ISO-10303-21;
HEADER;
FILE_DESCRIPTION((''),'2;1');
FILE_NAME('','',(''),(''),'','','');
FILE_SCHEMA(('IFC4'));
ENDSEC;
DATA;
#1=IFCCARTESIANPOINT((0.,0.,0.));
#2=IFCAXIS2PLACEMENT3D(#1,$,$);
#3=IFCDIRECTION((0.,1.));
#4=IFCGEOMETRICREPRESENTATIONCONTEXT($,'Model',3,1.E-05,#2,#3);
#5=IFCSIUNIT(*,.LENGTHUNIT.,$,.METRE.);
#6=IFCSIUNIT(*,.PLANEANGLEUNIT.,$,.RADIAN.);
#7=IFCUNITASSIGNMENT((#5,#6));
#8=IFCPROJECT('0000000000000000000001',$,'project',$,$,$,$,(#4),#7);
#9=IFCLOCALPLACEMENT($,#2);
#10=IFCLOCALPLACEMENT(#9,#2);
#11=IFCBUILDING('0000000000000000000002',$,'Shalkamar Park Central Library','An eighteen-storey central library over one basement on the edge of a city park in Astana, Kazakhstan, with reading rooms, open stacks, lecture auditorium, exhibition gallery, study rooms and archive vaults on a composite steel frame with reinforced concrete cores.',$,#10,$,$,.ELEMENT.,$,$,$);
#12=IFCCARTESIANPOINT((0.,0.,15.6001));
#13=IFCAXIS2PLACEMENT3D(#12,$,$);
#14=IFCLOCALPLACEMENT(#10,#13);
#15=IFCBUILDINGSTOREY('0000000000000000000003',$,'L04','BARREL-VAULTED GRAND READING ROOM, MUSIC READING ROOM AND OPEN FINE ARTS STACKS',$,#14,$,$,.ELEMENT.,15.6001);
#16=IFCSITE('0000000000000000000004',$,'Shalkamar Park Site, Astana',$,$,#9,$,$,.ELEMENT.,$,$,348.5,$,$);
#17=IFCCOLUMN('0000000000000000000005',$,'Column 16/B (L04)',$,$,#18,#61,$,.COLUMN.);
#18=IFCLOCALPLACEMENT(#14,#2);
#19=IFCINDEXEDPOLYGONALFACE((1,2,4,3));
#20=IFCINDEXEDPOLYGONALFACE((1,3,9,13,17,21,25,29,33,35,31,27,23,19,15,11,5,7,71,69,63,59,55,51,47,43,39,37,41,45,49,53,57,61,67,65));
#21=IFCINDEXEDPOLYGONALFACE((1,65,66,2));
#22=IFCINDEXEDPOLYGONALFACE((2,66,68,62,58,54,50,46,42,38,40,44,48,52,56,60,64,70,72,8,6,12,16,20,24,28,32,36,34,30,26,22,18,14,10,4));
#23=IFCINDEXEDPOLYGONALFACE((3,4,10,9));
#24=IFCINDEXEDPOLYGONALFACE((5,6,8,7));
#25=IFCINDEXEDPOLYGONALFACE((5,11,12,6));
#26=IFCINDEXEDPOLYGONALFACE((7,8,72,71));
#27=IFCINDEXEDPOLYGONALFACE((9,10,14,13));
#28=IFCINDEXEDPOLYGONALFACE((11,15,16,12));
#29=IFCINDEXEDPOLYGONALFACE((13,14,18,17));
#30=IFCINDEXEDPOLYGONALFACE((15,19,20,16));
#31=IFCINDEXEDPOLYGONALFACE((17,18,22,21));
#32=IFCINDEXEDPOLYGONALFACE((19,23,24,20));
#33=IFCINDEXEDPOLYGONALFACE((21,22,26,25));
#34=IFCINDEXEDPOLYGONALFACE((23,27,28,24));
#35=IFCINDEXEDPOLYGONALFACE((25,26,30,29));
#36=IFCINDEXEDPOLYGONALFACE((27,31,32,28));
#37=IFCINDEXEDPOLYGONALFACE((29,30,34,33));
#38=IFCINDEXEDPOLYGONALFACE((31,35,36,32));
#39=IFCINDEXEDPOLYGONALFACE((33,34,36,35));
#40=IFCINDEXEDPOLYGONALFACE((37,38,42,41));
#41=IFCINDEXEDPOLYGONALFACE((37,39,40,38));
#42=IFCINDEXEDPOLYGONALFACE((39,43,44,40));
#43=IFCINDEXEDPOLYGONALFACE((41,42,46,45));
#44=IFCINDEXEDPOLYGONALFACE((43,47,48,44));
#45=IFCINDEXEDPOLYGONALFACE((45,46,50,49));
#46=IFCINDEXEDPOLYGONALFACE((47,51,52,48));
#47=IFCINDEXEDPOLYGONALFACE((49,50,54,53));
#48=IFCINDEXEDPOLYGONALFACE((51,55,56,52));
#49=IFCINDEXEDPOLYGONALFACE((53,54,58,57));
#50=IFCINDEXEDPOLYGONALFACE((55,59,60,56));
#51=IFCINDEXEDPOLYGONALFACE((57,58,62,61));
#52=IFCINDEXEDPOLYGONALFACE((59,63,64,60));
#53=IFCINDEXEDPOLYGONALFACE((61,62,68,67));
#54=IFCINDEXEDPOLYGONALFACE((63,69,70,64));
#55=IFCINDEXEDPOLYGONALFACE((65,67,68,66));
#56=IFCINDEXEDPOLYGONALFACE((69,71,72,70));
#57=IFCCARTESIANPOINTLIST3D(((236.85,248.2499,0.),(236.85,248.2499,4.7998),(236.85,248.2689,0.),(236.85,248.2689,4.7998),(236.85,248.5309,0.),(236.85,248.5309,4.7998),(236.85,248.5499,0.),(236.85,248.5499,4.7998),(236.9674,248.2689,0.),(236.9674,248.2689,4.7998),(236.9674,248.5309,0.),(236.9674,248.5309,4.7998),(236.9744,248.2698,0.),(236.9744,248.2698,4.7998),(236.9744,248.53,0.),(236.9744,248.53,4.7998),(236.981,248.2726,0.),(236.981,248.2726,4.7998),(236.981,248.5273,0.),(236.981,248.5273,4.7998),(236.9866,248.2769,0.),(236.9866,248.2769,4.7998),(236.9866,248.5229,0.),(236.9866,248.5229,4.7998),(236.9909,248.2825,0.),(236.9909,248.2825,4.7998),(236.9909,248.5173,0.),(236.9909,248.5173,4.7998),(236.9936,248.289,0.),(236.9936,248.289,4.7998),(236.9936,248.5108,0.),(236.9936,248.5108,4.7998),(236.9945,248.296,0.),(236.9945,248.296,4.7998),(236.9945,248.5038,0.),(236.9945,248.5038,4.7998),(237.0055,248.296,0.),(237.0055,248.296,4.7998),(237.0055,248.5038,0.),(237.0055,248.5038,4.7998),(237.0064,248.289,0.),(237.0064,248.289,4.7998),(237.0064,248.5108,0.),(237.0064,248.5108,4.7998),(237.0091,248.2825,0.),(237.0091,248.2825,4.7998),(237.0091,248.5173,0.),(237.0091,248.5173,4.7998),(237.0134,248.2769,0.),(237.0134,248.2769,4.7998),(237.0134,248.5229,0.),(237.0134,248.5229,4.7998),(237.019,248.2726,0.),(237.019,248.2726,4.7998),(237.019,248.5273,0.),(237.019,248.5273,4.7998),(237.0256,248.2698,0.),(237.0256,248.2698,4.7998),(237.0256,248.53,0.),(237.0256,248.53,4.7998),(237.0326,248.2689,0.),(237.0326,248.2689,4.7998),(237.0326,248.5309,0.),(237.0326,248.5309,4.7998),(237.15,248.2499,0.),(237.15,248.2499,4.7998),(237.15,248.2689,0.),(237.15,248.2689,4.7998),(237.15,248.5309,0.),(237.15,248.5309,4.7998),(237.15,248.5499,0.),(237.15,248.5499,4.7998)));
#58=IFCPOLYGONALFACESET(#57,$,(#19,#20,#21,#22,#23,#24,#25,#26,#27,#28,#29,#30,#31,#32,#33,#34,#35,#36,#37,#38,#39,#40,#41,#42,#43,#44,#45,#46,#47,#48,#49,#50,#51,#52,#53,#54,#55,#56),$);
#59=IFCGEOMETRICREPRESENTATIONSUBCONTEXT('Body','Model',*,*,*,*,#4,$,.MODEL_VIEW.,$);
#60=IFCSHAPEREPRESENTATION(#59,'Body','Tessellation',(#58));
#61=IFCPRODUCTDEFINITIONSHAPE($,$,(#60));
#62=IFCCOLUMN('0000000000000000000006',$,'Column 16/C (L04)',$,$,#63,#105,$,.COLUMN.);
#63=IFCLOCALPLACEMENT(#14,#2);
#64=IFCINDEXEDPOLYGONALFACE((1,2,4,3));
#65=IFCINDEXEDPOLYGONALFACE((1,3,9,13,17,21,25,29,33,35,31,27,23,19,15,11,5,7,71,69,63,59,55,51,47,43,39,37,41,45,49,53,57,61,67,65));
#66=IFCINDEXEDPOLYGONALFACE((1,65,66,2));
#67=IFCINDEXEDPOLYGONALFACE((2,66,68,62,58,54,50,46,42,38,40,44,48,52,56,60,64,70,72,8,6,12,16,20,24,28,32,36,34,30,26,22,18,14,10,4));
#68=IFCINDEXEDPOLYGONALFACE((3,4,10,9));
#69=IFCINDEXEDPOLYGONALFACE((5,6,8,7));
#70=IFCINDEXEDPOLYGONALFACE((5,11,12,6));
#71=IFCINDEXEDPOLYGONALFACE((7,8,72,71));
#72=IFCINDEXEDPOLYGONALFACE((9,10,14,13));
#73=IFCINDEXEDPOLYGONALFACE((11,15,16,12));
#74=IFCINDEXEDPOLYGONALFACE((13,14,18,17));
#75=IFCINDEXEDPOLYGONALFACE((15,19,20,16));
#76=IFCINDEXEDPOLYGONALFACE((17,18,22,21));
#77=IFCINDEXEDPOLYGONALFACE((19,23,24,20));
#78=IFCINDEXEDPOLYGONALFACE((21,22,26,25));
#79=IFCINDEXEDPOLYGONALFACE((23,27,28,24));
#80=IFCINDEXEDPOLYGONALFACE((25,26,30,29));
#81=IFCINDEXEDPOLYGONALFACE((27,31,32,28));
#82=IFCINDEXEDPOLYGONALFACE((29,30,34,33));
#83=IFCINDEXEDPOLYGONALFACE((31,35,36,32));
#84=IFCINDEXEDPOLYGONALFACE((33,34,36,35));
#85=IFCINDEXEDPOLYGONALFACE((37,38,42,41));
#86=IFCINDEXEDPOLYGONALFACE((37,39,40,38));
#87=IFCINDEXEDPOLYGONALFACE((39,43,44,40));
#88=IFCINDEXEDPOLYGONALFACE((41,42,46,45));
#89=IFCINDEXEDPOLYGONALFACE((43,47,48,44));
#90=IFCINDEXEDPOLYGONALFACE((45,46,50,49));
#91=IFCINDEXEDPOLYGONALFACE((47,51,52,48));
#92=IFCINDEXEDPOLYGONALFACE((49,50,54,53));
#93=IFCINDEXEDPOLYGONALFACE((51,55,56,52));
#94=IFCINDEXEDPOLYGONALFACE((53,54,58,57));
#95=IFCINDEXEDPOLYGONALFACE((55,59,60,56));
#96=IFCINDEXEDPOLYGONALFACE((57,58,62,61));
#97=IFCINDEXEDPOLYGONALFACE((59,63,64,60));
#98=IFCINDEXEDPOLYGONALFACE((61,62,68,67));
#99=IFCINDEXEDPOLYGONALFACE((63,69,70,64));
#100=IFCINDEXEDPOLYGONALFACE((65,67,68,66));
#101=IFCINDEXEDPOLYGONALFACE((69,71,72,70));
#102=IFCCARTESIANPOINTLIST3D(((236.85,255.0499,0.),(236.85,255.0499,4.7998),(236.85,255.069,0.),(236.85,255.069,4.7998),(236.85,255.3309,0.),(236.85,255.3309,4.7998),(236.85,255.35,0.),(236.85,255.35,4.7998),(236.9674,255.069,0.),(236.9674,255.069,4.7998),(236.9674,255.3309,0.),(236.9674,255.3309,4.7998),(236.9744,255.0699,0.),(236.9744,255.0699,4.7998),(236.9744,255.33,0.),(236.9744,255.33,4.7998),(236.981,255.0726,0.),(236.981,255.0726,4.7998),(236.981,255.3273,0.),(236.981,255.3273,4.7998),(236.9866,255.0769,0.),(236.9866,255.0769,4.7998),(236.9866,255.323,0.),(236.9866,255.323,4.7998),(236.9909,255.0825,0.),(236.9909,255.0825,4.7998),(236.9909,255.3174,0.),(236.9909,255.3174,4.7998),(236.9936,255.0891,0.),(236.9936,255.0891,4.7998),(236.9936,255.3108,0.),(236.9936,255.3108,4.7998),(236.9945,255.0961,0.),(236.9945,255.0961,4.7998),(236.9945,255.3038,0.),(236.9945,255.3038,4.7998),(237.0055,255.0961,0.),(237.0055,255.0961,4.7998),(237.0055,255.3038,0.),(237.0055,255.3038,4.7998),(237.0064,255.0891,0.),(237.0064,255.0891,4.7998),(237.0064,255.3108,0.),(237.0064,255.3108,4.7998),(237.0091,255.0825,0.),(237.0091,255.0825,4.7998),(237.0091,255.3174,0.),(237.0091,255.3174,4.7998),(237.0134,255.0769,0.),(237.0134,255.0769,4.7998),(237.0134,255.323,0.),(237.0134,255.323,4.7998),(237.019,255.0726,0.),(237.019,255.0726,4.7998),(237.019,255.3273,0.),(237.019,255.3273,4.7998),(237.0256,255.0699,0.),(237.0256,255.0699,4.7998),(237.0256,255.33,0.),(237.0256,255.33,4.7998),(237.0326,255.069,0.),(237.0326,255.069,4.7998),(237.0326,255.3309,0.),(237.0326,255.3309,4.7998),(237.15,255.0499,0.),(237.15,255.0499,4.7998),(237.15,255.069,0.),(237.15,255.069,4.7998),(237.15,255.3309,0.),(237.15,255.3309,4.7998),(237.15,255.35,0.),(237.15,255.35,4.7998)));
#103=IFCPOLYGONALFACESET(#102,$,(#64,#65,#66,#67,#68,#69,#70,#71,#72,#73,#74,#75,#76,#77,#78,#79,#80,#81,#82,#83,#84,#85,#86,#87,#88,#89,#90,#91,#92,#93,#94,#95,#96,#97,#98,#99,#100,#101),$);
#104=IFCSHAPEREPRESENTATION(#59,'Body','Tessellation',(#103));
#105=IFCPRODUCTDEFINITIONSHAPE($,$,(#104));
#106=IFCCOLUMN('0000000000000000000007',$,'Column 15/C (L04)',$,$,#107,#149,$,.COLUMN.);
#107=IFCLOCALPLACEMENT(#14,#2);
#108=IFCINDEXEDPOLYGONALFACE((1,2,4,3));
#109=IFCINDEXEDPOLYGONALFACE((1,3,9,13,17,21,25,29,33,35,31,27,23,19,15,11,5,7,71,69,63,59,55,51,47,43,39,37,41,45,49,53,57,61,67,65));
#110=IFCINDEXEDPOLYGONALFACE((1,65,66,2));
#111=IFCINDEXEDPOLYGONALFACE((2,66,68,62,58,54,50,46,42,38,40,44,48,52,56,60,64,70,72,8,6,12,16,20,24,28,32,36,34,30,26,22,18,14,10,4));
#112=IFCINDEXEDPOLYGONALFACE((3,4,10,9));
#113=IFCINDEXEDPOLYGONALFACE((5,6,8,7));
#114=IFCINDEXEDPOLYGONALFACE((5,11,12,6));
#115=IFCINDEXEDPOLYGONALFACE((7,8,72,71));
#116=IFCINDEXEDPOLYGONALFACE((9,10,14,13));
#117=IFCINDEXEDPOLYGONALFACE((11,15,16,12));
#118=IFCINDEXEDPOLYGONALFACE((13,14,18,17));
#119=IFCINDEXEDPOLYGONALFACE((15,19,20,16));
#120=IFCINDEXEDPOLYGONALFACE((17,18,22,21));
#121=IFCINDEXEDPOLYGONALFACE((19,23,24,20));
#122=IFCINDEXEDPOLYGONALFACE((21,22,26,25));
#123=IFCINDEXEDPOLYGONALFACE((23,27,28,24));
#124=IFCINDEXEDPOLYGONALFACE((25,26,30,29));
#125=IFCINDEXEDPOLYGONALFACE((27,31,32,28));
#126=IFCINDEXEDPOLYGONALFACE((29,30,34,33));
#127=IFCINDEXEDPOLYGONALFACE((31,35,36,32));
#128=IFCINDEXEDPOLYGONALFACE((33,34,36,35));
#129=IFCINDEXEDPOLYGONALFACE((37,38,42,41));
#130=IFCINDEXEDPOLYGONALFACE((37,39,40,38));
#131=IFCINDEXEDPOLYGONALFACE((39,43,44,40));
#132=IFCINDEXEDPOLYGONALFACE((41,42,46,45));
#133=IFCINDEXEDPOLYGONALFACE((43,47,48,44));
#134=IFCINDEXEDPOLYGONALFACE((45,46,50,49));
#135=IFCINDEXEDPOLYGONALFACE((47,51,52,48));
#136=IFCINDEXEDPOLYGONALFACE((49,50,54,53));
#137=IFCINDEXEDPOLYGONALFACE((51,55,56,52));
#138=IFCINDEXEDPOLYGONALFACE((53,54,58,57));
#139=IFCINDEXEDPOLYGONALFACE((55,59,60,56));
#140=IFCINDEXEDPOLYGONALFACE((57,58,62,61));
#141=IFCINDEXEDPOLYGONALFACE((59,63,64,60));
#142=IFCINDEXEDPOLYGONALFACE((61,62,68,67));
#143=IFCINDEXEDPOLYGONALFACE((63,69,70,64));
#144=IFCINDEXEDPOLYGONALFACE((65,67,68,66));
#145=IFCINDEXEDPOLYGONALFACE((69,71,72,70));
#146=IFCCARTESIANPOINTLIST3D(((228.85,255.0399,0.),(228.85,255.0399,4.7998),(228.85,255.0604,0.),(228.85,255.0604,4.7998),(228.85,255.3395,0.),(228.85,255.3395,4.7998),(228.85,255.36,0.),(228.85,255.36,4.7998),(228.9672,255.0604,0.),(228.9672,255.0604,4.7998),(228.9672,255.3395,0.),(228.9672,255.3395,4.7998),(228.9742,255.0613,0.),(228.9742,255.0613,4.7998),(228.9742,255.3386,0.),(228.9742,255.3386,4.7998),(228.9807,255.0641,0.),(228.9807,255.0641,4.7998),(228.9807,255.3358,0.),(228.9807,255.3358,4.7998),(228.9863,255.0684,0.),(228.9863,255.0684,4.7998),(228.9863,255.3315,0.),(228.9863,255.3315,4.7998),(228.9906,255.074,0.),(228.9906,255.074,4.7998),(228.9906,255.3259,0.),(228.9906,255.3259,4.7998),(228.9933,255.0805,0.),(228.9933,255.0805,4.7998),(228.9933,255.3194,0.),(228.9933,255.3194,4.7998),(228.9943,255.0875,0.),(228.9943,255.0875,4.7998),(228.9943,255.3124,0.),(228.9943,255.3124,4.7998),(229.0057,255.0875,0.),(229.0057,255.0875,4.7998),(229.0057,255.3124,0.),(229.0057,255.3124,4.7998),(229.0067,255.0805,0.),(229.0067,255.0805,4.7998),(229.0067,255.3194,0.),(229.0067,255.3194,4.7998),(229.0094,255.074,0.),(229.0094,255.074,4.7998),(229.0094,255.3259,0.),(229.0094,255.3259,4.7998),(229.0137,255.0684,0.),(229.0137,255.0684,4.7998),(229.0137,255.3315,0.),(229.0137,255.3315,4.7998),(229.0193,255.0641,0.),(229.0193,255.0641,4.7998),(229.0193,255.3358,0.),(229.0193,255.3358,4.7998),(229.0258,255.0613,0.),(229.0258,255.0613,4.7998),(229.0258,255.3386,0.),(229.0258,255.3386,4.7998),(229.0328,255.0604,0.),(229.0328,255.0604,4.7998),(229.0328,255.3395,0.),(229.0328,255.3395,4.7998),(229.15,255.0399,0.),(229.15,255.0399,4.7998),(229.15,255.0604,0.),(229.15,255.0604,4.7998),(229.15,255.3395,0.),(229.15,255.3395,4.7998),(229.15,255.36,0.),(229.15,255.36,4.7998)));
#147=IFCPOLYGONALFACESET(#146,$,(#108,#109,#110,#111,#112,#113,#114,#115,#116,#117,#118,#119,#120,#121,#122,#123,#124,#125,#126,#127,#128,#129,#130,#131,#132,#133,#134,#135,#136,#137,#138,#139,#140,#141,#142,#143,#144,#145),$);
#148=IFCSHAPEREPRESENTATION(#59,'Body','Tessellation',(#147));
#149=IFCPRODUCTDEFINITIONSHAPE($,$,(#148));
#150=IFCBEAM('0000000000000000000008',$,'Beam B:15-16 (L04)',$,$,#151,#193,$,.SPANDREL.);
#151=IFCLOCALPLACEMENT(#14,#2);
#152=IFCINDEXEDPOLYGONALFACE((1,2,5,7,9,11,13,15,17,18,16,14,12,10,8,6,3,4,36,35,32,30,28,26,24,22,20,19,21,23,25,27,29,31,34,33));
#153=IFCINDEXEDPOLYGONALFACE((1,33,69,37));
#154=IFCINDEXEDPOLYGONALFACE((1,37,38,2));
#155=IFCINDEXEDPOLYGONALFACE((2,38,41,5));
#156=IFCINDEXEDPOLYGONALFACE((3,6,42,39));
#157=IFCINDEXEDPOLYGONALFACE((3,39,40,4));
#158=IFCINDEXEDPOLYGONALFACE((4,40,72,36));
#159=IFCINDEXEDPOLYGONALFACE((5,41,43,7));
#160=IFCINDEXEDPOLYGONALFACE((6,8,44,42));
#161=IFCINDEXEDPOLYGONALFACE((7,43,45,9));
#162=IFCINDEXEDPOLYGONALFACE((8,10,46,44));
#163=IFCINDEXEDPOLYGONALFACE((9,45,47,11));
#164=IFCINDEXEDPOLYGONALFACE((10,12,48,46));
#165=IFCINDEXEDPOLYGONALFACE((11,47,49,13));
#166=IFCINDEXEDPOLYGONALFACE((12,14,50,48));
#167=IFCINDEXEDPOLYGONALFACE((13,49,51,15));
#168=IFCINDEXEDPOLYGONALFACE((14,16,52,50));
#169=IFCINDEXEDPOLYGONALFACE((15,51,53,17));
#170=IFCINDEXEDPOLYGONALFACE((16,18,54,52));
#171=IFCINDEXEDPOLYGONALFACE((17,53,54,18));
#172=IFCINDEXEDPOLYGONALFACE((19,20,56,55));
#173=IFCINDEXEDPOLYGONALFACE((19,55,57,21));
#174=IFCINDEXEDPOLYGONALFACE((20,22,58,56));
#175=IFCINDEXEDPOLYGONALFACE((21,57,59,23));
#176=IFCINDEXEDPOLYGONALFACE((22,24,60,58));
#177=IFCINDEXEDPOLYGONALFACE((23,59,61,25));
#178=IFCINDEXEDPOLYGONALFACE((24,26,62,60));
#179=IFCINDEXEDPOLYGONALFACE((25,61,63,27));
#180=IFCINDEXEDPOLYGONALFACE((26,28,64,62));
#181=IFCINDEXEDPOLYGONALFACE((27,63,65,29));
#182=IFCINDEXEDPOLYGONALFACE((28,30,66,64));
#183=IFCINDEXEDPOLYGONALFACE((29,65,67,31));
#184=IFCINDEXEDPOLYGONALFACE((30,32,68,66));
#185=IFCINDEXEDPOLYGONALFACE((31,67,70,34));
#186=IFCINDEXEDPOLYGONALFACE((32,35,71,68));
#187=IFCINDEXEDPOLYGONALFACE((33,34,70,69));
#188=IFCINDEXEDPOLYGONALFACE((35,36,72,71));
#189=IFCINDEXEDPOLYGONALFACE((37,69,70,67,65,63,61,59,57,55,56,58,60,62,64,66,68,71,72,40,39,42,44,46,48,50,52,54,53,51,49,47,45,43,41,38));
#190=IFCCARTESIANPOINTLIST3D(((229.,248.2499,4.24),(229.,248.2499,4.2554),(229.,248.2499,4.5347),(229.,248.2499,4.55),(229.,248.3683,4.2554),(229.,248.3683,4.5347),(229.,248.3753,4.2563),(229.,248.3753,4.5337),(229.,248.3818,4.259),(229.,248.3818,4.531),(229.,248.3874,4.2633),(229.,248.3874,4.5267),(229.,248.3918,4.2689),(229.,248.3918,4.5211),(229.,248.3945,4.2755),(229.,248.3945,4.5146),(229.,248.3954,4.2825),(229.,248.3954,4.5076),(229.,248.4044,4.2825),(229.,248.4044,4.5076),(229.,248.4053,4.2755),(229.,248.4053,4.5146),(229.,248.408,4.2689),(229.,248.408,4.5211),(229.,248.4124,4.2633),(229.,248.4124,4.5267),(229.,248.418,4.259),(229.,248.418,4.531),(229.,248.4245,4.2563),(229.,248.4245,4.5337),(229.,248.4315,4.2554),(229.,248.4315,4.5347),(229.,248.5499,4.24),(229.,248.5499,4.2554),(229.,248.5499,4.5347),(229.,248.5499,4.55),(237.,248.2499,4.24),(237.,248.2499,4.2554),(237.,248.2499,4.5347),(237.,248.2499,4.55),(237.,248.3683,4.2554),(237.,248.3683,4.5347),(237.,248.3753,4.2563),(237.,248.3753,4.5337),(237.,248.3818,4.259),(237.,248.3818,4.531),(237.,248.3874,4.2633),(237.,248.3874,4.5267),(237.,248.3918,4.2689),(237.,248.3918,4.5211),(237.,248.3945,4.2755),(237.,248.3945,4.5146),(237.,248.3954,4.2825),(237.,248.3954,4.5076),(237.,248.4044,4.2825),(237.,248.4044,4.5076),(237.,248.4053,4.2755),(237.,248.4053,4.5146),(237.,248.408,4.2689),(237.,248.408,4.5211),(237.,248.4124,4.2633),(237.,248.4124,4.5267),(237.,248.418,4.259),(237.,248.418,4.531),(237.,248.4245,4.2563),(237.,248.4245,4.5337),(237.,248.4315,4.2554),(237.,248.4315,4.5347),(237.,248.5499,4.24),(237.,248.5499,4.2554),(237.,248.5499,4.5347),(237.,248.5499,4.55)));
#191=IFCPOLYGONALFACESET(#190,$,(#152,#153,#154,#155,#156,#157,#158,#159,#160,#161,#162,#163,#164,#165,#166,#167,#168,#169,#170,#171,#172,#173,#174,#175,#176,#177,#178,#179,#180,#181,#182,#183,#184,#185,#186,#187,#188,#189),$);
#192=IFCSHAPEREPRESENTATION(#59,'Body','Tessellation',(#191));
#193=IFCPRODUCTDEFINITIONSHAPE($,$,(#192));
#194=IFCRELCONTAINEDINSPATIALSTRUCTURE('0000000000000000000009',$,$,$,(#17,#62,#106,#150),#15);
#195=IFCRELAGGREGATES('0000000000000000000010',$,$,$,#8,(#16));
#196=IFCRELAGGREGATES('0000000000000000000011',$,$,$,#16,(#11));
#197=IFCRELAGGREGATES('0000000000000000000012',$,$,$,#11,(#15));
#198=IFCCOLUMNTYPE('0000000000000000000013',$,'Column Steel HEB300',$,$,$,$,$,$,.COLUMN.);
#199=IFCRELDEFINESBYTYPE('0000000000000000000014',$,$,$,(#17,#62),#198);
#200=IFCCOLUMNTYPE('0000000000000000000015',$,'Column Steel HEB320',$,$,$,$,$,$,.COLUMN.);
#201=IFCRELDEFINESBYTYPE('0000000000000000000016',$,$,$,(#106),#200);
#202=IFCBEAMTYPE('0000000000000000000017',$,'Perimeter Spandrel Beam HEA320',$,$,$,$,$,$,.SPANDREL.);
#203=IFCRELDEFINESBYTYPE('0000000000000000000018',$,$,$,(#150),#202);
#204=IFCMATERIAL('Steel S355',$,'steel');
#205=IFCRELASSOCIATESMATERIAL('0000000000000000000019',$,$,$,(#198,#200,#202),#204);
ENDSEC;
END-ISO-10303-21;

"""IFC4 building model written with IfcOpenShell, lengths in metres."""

from ifc_helpers import new_model, si_unit, direction, frame, origin, origin_2d, place, context, subcontext, project, spatial, i_section, extrude, material, material_profile, profile_set, type_object, element, save


model = new_model("IFC4")

# Units and contexts
model_context = context("Model", 3, precision=1e-05, world=origin(), true_north=direction((0.0, 1.0)))
body_context = subcontext(model_context, "Body", "Model", "MODEL_VIEW")
ifc_project = project(units=[si_unit("LENGTHUNIT", "METRE"), si_unit("PLANEANGLEUNIT", "RADIAN")], contexts=[model_context])

# Site, building, storey
site_placement = place(None, origin())
site = spatial("IfcSite", under=ifc_project, at=site_placement, Name="Shalkamar Park Site, Astana", CompositionType="ELEMENT", RefElevation=348.5)
building_placement = place(site_placement, origin())
building = spatial("IfcBuilding", under=site, at=building_placement, Name="Shalkamar Park Central Library", Description="An eighteen-storey central library over one basement on the edge of a city park in Astana, Kazakhstan, with reading rooms, open stacks, lecture auditorium, exhibition gallery, study rooms and archive vaults on a composite steel frame with reinforced concrete cores.", CompositionType="ELEMENT")
storey_placement = place(building_placement, frame((0.0, 0.0, 15.6001)))
storey = spatial("IfcBuildingStorey", under=building, at=storey_placement, Name="L04", Description="BARREL-VAULTED GRAND READING ROOM, MUSIC READING ROOM AND OPEN FINE ARTS STACKS", CompositionType="ELEMENT", Elevation=15.6001)

# Columns
ifc_material_1 = material(Name="Steel S355", Category="steel")
ifc_material_profile_1 = material_profile(ifc_material_1, i_section(OverallWidth=0.3, OverallDepth=0.3, WebThickness=0.011, FlangeThickness=0.019, FilletRadius=0.0271, at=origin_2d()), Name="HEB 300")
ifc_profile_set_1 = profile_set([ifc_material_profile_1], Name="Steel S355")
column_type_1 = type_object("IfcColumnType", Name="Column Steel HEB300", PredefinedType="COLUMN", material=ifc_profile_set_1)
for number, where, z_axis, x_axis, name in (
    (1, (237.0, 248.3999, 0.0), (0.0, 0.0, 1.0), (1.0, 0.0, 0.0), "Column 16/B (L04)"),
    (2, (237.0, 255.2, 0.0), (0.0, 0.0, 1.0), (1.0, 0.0, 0.0), "Column 16/C (L04)"),
):
    element("IfcColumn", number, at=place(storey_placement, frame(where, z_axis=z_axis, x_axis=x_axis)), inside=storey, type_object=column_type_1, Name=name, PredefinedType="COLUMN", context=body_context, shape_type="SweptSolid", body=[
        extrude(i_section(OverallWidth=0.3, OverallDepth=0.3, WebThickness=0.011, FlangeThickness=0.019, FilletRadius=0.0271, at=origin_2d()), origin(), (0.0, 0.0, 1.0), 4.7998),
    ])
ifc_material_profile_2 = material_profile(ifc_material_1, i_section(OverallWidth=0.3, OverallDepth=0.3201, WebThickness=0.0115, FlangeThickness=0.0205, FilletRadius=0.0271, at=origin_2d()), Name="HEB 320")
ifc_profile_set_2 = profile_set([ifc_material_profile_2], Name="Steel S355")
column_type_2 = type_object("IfcColumnType", Name="Column Steel HEB320", PredefinedType="COLUMN", material=ifc_profile_set_2)
column_placement = place(storey_placement, frame((229.0, 255.2, 0.0), z_axis=(0.0, 0.0, 1.0), x_axis=(1.0, 0.0, 0.0)))
element("IfcColumn", 3, at=column_placement, inside=storey, type_object=column_type_2, Name="Column 15/C (L04)", PredefinedType="COLUMN", context=body_context, shape_type="SweptSolid", body=[
    extrude(i_section(OverallWidth=0.3, OverallDepth=0.3201, WebThickness=0.0115, FlangeThickness=0.0205, FilletRadius=0.0271, at=origin_2d()), origin(), (0.0, 0.0, 1.0), 4.7998),
])

# Beam
ifc_material_profile_3 = material_profile(ifc_material_1, i_section(OverallWidth=0.3, OverallDepth=0.3101, WebThickness=0.009, FlangeThickness=0.0154, FilletRadius=0.0271, at=origin_2d()), Name="HEA 320")
ifc_profile_set_3 = profile_set([ifc_material_profile_3], Name="Steel S355")
beam_type_1 = type_object("IfcBeamType", Name="Perimeter Spandrel Beam HEA320", PredefinedType="SPANDREL", material=ifc_profile_set_3)
beam_1_placement = place(storey_placement, frame((229.0, 248.3999, 4.395), z_axis=(1.0, 0.0, 0.0), x_axis=(0.0, 1.0, 0.0)))
element("IfcBeam", 4, at=beam_1_placement, inside=storey, type_object=beam_type_1, Name="Beam B:15-16 (L04)", PredefinedType="SPANDREL", context=body_context, shape_type="SweptSolid", body=[
    extrude(i_section(OverallWidth=0.3, OverallDepth=0.3101, WebThickness=0.009, FlangeThickness=0.0154, FilletRadius=0.0271, at=origin_2d()), origin(), (0.0, 0.0, 1.0), 8.0),
])

save(model, "model.ifc")
